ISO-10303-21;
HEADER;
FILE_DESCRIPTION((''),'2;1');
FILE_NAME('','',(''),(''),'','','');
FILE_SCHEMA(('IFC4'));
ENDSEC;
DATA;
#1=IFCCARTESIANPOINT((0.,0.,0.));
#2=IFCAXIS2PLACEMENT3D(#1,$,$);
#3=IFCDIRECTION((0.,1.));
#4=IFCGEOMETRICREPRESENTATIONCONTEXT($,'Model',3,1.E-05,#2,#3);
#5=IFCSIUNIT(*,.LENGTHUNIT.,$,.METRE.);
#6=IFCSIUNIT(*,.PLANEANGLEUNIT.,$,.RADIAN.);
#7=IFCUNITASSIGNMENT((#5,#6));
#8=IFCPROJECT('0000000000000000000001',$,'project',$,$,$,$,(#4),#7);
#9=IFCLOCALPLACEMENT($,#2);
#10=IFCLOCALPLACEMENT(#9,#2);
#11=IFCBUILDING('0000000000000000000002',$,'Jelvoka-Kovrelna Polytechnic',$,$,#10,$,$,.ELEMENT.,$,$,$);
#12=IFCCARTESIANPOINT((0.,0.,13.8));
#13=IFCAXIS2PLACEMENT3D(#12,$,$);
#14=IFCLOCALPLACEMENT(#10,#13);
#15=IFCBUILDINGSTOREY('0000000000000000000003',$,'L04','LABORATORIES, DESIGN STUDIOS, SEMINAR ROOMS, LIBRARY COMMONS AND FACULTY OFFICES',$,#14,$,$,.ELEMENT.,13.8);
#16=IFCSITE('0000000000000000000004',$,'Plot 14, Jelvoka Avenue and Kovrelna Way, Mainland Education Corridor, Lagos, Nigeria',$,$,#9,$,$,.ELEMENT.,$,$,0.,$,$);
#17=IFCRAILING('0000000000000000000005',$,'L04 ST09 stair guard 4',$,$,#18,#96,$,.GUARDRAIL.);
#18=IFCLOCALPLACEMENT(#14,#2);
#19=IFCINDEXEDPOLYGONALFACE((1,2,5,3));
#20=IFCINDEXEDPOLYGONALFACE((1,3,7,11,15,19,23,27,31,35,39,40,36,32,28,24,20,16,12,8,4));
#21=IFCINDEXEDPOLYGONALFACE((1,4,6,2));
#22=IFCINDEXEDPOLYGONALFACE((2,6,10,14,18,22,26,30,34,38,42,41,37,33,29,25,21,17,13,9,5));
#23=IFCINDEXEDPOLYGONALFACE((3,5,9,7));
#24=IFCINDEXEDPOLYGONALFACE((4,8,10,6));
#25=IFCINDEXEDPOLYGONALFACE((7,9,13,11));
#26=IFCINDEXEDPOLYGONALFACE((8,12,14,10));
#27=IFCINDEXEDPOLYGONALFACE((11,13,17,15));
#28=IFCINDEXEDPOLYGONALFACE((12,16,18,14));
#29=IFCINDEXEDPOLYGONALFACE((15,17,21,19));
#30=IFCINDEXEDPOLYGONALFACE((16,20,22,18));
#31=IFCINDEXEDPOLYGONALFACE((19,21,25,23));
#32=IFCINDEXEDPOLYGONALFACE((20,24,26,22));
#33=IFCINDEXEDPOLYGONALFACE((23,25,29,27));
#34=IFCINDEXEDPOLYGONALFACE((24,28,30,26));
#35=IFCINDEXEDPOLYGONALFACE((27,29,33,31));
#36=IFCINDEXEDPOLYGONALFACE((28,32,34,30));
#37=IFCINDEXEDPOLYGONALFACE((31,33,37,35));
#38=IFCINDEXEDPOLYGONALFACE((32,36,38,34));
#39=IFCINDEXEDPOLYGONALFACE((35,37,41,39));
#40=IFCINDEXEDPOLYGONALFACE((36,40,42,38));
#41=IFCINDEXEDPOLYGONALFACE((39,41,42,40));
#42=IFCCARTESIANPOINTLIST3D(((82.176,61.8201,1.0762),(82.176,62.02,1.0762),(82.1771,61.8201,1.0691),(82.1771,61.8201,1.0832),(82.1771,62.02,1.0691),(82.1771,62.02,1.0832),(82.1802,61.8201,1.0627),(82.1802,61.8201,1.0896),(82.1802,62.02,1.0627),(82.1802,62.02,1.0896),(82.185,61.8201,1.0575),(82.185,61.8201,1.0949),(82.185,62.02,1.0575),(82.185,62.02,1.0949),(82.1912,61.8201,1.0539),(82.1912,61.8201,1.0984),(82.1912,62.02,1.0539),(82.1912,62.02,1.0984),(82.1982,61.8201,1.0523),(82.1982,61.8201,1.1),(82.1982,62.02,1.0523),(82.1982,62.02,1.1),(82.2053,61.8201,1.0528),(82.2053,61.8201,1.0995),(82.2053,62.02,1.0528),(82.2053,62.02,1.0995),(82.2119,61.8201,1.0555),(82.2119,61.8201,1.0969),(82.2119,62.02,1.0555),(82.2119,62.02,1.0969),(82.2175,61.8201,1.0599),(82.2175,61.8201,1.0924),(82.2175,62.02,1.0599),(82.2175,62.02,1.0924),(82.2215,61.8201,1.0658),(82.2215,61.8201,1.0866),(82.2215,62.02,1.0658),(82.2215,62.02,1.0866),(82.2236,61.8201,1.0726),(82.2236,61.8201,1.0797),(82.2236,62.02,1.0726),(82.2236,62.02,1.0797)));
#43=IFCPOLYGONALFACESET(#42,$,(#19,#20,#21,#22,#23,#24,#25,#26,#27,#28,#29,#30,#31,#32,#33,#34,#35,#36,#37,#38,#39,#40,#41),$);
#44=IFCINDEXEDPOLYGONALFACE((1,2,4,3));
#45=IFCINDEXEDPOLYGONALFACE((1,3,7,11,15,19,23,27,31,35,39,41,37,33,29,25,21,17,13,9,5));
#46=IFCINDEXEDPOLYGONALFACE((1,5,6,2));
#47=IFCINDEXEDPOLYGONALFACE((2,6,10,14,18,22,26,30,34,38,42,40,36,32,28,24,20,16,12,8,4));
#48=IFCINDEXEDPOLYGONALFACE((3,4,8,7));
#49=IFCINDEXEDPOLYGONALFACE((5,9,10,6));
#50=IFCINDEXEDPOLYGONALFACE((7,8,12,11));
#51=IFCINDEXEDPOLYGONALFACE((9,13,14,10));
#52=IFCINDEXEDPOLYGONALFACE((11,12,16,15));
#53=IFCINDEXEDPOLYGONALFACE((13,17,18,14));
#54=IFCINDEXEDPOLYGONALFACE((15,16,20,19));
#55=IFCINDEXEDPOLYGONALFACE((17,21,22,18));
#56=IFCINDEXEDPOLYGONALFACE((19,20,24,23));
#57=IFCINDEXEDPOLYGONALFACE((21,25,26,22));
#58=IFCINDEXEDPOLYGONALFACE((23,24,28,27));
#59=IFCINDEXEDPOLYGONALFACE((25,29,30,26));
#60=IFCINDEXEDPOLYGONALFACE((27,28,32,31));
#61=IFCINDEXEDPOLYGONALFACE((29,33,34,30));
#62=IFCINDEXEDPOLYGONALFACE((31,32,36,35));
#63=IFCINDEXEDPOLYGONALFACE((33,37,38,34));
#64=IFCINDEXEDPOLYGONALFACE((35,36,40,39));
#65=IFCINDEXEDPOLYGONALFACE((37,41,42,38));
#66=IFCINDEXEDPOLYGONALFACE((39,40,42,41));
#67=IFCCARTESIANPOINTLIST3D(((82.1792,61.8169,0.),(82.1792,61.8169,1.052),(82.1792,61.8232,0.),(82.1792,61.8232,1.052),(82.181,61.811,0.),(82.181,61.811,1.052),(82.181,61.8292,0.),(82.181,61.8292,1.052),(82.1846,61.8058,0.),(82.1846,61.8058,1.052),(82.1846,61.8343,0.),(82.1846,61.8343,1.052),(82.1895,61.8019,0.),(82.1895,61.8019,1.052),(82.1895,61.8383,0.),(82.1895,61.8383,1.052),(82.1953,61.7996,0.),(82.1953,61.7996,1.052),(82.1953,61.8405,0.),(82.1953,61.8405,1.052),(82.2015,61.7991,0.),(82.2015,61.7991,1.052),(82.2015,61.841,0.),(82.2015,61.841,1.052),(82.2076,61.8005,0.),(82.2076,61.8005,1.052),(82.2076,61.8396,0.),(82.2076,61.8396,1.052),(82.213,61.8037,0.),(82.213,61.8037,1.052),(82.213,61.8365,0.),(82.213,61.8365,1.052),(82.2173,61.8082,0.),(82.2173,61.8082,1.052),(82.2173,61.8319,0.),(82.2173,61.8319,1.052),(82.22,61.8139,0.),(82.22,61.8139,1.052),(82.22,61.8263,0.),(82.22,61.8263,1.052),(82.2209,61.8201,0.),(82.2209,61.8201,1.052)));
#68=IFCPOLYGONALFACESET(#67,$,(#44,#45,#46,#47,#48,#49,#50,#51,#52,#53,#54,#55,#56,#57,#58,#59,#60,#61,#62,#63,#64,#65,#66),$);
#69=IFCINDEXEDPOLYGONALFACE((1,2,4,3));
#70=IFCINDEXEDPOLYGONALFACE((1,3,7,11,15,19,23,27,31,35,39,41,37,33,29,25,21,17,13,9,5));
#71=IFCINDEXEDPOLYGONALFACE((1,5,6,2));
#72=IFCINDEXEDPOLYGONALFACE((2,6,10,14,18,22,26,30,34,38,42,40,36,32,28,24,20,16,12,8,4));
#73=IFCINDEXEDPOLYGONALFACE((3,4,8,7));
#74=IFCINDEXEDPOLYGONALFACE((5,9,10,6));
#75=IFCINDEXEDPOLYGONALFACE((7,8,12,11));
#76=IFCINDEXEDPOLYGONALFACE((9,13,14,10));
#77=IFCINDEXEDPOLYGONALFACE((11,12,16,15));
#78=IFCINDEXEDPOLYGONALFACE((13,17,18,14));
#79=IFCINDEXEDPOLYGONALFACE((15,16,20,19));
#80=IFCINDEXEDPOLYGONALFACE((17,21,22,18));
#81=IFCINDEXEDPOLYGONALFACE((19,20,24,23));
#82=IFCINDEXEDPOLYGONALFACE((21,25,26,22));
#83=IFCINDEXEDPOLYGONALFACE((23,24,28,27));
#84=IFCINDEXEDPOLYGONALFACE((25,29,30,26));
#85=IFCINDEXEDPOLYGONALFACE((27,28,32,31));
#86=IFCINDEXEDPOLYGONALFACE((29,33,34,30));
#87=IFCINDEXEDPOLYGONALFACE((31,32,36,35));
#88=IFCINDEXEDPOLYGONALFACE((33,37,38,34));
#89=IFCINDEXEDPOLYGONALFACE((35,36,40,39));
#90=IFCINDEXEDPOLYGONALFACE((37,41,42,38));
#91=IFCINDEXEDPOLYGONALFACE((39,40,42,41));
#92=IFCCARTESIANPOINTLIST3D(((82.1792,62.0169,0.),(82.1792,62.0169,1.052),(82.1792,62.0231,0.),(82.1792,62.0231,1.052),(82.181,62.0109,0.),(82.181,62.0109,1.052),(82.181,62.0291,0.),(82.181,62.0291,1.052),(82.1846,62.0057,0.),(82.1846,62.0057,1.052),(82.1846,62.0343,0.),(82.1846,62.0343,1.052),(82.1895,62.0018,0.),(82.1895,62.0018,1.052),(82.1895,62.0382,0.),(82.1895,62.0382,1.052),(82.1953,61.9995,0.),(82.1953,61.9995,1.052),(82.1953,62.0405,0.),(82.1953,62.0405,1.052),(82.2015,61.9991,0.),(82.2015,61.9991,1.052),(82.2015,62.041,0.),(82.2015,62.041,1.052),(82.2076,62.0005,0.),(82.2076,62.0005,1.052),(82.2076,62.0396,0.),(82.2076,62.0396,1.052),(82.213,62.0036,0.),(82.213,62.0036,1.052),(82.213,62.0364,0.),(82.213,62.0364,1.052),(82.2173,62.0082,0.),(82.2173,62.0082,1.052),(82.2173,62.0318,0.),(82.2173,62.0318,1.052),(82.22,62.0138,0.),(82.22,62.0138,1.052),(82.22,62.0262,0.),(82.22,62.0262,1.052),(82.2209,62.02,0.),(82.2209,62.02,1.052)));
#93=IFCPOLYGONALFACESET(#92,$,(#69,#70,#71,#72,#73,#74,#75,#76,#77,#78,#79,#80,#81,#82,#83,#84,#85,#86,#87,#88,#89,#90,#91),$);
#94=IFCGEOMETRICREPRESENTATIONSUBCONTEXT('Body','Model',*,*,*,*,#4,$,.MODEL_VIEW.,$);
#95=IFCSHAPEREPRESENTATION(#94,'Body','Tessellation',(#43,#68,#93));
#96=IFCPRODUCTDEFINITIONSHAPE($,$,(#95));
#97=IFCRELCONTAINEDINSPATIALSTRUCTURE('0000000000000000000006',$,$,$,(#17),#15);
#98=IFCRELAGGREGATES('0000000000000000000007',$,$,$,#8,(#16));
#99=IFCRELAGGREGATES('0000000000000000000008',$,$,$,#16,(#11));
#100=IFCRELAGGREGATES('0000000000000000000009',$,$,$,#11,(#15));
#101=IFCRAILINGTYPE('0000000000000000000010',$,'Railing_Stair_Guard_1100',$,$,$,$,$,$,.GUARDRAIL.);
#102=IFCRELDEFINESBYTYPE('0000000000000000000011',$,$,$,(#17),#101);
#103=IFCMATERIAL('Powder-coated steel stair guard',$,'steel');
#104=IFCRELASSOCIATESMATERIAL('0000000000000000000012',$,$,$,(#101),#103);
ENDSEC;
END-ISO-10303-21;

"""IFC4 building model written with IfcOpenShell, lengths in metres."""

from ifc_helpers import new_model, si_unit, direction, frame, origin, origin_2d, place, context, subcontext, project, spatial, circle, extrude, material, type_object, element, save


model = new_model("IFC4")

# Units and contexts
model_context = context("Model", 3, precision=1e-05, world=origin(), true_north=direction((0.0, 1.0)))
body_context = subcontext(model_context, "Body", "Model", "MODEL_VIEW")
ifc_project = project(units=[si_unit("LENGTHUNIT", "METRE"), si_unit("PLANEANGLEUNIT", "RADIAN")], contexts=[model_context])

# Site, building, storey
site_placement = place(None, origin())
site = spatial("IfcSite", under=ifc_project, at=site_placement, Name="Plot 14, Jelvoka Avenue and Kovrelna Way, Mainland Education Corridor, Lagos, Nigeria", CompositionType="ELEMENT", RefElevation=0.0)
building_placement = place(site_placement, origin())
building = spatial("IfcBuilding", under=site, at=building_placement, Name="Jelvoka-Kovrelna Polytechnic", CompositionType="ELEMENT")
storey_placement = place(building_placement, frame((0.0, 0.0, 13.8)))
storey = spatial("IfcBuildingStorey", under=building, at=storey_placement, Name="L04", Description="LABORATORIES, DESIGN STUDIOS, SEMINAR ROOMS, LIBRARY COMMONS AND FACULTY OFFICES", CompositionType="ELEMENT", Elevation=13.8)

# Railing
ifc_material_1 = material(Name="Powder-coated steel stair guard", Category="steel")
railing_type_1 = type_object("IfcRailingType", Name="Railing_Stair_Guard_1100", PredefinedType="GUARDRAIL", material=ifc_material_1)
railing_1_placement = place(storey_placement, frame((82.2, 61.8201, 0.0)))
element("IfcRailing", 1, at=railing_1_placement, inside=storey, type_object=railing_type_1, Name="L04 ST09 stair guard 4", PredefinedType="GUARDRAIL", context=body_context, shape_type="SweptSolid", body=[
    extrude(circle(Radius=0.0239, at=origin_2d()), frame((0.0, 0.0, 1.0762), z_axis=(0.0, 1.0, 0.0), x_axis=(-1.0, 0.0, 0.0)), (0.0, 0.0, 1.0), 0.2),
    extrude(circle(Radius=0.021, at=origin_2d()), origin(), (0.0, 0.0, 1.0), 1.052),
    extrude(circle(Radius=0.021, at=origin_2d()), frame((0.0, 0.2, 0.0)), (0.0, 0.0, 1.0), 1.052),
])

save(model, "model.ifc")
